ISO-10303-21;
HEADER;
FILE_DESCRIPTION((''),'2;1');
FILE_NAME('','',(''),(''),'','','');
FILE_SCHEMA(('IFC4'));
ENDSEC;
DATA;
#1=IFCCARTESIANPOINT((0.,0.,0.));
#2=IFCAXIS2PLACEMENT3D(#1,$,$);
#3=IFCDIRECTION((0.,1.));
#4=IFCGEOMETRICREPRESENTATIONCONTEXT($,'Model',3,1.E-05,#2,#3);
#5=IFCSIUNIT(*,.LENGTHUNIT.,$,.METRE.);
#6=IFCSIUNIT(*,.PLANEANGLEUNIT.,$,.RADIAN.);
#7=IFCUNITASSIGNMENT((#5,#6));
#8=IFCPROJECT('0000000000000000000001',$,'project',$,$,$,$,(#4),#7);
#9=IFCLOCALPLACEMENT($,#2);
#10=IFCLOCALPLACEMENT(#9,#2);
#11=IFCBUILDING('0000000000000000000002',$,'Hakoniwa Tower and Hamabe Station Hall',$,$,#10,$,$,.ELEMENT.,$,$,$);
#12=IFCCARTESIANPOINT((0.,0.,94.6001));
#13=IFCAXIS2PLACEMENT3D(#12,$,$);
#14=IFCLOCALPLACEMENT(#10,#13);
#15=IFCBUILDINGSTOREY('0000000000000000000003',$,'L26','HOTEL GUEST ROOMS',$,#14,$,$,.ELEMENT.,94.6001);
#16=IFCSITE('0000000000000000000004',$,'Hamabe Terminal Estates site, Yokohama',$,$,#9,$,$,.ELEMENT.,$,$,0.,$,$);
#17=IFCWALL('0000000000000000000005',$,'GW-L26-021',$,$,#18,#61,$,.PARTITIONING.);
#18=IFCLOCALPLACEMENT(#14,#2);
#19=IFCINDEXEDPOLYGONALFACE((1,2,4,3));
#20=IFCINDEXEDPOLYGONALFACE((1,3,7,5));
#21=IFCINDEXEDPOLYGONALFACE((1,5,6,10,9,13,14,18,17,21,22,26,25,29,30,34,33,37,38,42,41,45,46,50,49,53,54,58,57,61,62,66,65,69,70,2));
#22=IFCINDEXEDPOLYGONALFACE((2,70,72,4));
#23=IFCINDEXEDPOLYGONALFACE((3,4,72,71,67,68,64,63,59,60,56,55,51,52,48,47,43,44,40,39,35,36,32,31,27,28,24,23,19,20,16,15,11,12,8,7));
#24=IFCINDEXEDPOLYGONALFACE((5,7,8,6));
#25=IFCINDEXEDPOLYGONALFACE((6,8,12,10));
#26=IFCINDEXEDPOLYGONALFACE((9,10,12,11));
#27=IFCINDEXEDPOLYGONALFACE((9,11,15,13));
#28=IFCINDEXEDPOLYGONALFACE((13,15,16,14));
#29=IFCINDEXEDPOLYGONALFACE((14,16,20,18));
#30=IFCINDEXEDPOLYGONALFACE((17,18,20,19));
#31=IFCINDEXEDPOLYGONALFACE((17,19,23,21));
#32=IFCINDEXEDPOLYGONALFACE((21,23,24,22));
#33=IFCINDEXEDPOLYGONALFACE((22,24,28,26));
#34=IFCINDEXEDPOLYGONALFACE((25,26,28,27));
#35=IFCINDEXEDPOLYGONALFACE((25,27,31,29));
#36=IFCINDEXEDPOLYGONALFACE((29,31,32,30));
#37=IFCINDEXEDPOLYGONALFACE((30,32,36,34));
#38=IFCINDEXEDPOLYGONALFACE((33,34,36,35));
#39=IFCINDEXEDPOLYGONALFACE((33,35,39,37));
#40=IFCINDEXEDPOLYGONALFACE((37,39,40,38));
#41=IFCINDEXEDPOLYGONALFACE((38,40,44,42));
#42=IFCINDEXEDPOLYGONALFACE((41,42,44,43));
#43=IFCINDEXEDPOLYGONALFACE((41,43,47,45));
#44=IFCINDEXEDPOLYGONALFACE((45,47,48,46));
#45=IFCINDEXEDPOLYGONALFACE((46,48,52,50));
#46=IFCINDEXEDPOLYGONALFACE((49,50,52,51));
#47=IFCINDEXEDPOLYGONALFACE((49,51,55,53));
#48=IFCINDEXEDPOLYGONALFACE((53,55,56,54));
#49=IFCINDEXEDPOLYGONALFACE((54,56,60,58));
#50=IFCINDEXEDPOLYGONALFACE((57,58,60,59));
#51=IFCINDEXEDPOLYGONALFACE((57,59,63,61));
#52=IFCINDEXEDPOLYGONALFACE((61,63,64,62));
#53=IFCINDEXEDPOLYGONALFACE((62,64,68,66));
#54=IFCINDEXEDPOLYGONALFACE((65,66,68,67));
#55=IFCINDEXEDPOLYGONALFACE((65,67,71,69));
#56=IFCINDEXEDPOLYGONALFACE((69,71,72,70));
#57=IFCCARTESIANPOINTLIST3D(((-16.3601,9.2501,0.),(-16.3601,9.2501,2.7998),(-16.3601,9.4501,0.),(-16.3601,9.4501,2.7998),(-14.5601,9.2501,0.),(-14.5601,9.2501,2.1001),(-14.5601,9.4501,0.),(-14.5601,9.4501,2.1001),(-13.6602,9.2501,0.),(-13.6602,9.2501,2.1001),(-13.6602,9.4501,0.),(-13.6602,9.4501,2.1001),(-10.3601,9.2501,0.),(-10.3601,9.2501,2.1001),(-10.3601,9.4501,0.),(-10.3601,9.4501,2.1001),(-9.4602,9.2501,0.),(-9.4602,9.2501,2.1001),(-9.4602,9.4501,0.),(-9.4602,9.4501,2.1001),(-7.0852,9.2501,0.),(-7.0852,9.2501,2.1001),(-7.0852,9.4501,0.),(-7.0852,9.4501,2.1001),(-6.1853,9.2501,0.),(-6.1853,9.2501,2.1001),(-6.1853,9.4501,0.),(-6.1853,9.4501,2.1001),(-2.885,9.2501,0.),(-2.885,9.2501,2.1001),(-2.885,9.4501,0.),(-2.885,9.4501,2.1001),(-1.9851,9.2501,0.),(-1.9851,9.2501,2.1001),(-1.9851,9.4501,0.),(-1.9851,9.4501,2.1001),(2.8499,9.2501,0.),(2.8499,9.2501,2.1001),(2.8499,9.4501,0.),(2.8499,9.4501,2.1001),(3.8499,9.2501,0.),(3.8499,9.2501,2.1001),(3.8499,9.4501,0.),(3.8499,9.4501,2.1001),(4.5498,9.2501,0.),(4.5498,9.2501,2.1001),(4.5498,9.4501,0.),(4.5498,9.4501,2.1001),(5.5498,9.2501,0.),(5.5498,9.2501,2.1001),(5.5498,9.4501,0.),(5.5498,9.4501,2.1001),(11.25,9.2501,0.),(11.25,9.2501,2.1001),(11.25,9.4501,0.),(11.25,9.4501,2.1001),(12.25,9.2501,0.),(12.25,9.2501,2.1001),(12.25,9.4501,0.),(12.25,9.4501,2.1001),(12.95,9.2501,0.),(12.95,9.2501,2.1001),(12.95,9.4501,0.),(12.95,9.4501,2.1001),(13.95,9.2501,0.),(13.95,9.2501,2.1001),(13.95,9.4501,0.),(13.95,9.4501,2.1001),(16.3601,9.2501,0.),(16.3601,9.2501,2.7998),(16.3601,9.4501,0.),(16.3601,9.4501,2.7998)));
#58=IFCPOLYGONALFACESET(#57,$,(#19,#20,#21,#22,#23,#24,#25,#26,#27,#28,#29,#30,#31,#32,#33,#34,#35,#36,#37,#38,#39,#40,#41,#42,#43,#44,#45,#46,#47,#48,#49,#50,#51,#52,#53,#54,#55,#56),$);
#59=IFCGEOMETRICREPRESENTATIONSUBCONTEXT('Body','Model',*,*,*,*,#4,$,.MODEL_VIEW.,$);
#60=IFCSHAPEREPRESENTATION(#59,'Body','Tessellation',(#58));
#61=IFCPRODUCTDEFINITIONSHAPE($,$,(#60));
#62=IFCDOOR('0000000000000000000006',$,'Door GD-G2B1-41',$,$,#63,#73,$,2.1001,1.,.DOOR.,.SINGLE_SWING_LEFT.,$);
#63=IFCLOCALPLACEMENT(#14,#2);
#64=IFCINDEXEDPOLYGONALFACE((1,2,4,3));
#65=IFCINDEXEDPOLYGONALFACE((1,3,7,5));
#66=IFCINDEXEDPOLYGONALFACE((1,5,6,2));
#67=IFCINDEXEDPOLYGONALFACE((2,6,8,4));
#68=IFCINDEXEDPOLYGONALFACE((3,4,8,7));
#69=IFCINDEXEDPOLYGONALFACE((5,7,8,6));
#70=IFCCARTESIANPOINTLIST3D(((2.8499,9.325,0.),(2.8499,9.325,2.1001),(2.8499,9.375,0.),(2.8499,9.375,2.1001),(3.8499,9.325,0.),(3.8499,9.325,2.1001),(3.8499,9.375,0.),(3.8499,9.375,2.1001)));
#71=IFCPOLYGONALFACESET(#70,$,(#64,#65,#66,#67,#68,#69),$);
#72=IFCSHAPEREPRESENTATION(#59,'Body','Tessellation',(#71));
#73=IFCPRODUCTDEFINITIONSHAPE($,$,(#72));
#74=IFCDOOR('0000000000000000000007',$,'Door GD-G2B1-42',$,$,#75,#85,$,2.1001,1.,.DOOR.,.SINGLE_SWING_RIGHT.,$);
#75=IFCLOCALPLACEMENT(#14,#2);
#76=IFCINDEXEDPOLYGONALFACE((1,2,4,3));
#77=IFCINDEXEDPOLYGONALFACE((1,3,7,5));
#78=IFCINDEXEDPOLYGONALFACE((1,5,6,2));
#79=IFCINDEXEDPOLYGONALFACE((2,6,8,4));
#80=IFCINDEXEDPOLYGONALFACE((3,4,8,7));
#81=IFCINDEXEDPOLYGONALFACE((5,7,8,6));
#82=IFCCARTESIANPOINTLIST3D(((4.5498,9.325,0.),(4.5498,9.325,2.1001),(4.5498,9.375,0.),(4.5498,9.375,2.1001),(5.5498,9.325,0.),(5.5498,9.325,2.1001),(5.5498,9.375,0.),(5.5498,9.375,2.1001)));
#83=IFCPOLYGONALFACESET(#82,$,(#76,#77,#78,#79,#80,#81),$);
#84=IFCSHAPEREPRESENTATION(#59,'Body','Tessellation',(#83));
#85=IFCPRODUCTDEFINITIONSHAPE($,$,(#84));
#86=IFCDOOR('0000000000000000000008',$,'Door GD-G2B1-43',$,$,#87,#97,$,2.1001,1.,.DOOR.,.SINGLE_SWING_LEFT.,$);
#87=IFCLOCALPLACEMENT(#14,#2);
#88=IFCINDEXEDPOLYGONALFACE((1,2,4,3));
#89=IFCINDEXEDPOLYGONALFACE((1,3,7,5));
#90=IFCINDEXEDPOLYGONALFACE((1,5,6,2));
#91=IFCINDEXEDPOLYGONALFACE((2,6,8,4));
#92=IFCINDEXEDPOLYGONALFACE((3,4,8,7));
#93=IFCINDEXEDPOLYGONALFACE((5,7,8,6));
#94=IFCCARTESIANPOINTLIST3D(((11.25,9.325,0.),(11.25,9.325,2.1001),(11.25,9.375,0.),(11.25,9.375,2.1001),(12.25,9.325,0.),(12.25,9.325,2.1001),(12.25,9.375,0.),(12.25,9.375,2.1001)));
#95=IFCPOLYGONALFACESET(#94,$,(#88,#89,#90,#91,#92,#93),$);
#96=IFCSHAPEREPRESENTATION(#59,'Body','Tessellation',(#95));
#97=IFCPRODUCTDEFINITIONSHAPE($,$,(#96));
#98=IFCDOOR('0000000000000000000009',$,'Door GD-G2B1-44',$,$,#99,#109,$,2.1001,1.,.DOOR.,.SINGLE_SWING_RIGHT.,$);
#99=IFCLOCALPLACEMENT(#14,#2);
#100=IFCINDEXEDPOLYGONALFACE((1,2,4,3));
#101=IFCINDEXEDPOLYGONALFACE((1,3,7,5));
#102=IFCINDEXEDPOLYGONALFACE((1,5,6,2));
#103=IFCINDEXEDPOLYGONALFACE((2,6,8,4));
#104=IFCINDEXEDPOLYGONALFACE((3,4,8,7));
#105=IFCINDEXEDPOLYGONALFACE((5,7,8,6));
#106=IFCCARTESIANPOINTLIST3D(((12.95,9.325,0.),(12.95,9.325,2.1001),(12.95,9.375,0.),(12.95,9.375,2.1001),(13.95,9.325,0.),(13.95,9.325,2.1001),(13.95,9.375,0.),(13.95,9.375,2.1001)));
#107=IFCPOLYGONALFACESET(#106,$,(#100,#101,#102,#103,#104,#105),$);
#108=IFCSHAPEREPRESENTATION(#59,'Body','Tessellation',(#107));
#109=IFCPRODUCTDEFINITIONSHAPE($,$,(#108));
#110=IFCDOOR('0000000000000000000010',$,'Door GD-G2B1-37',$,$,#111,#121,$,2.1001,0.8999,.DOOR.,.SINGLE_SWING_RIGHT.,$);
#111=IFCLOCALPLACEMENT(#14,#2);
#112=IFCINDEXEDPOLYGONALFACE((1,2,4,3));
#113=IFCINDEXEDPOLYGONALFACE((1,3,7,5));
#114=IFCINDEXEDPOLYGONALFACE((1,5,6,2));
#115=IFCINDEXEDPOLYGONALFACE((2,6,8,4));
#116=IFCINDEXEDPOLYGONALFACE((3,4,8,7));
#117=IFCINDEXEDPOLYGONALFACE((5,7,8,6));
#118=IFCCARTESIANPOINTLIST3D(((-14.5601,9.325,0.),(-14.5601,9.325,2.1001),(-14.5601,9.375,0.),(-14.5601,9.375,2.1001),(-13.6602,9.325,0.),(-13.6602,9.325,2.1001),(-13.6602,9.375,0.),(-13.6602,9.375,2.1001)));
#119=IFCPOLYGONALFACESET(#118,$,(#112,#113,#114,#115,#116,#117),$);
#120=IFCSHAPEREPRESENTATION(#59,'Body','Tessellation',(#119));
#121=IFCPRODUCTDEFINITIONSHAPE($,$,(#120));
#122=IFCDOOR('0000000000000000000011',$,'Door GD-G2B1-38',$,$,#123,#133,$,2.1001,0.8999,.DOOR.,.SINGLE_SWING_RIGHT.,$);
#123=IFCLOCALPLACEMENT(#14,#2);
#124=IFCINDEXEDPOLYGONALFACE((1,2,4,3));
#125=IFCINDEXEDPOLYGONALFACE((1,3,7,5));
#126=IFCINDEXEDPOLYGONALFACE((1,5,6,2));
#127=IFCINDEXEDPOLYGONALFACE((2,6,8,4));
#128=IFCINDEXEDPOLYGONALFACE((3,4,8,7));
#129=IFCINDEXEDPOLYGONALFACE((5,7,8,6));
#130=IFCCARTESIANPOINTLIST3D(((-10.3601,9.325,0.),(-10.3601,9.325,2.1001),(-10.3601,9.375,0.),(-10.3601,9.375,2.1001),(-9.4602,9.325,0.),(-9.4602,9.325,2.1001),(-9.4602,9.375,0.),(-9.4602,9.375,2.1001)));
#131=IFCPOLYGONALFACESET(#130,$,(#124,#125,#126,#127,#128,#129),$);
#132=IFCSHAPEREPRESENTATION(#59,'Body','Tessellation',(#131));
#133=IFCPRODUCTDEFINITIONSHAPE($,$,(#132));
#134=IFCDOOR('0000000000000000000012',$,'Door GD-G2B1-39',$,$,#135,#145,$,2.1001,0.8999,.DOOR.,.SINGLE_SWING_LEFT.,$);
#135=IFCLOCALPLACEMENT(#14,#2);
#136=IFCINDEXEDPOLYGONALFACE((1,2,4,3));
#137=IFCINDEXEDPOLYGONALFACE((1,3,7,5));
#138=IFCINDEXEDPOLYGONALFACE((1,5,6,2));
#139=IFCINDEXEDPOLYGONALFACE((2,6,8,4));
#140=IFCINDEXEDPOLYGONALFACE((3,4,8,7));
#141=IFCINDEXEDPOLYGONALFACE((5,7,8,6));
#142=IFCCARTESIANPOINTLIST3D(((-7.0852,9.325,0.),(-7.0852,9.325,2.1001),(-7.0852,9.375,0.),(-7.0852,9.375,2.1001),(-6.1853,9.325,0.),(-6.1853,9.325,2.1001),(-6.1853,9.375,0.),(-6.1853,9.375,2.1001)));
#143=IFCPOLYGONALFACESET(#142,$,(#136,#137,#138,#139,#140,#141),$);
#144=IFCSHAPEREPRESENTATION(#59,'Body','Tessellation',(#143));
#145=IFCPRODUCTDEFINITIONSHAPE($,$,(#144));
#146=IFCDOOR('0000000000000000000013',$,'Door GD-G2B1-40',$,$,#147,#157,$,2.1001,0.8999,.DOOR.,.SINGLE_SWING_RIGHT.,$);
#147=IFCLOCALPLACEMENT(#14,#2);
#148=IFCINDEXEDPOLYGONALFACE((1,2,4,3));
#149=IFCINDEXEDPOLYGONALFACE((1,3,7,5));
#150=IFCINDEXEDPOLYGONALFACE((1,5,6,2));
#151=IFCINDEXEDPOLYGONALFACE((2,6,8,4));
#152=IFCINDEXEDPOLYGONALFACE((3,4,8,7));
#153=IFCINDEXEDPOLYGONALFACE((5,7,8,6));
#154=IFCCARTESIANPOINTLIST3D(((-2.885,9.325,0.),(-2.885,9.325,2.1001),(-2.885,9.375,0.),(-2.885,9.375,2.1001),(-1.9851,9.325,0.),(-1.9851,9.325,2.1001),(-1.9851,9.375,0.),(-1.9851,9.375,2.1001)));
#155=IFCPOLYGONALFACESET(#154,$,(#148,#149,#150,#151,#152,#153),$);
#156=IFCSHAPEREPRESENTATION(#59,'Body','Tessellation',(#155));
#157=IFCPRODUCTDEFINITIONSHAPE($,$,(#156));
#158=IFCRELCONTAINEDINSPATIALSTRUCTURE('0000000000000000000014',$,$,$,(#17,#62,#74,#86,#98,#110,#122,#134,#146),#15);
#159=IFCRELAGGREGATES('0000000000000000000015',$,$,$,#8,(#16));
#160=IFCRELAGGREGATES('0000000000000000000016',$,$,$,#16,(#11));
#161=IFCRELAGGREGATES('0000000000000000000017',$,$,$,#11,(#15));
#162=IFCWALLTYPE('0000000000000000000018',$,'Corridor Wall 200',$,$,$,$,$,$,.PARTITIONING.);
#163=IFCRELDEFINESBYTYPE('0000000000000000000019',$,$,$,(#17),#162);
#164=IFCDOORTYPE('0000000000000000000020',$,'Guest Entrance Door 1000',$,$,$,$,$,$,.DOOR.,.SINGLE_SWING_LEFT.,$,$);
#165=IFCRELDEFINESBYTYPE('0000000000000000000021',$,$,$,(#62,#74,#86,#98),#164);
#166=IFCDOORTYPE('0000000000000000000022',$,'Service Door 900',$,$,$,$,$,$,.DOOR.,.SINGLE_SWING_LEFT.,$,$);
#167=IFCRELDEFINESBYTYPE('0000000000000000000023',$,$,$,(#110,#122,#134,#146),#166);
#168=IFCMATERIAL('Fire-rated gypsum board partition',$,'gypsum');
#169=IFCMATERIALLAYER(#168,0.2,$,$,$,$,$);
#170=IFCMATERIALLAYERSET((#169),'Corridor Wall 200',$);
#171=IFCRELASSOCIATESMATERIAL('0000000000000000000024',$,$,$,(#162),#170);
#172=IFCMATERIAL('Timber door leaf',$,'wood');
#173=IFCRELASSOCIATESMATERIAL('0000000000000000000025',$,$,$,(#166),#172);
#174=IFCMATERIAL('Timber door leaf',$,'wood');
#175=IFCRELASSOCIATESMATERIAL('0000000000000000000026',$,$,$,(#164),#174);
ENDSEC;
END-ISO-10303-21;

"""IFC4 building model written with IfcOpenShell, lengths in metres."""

from ifc_helpers import new_model, si_unit, direction, frame, frame_2d, origin, place, context, subcontext, project, spatial, rectangle, extrude, material, layer, layer_set, type_object, element, fill, save


model = new_model("IFC4")

# Units and contexts
model_context = context("Model", 3, precision=1e-05, world=origin(), true_north=direction((0.0, 1.0)))
body_context = subcontext(model_context, "Body", "Model", "MODEL_VIEW")
ifc_project = project(units=[si_unit("LENGTHUNIT", "METRE"), si_unit("PLANEANGLEUNIT", "RADIAN")], contexts=[model_context])

# Site, building, storey
site_placement = place(None, origin())
site = spatial("IfcSite", under=ifc_project, at=site_placement, Name="Hamabe Terminal Estates site, Yokohama", CompositionType="ELEMENT", RefElevation=0.0)
building_placement = place(site_placement, origin())
building = spatial("IfcBuilding", under=site, at=building_placement, Name="Hakoniwa Tower and Hamabe Station Hall", CompositionType="ELEMENT")
storey_placement = place(building_placement, frame((0.0, 0.0, 94.6001)))
storey = spatial("IfcBuildingStorey", under=building, at=storey_placement, Name="L26", Description="HOTEL GUEST ROOMS", CompositionType="ELEMENT", Elevation=94.6001)

# Wall, openings, doors
ifc_material_1 = material(Name="Fire-rated gypsum board partition", Category="gypsum")
ifc_layer = layer(ifc_material_1, 0.2)
ifc_layer_set = layer_set([ifc_layer], Name="Corridor Wall 200")
wall_type = type_object("IfcWallType", Name="Corridor Wall 200", PredefinedType="PARTITIONING", material=ifc_layer_set)
ifc_material_2 = material(Name="Timber door leaf", Category="wood")
door_type_1 = type_object("IfcDoorType", Name="Service Door 900", OperationType="SINGLE_SWING_LEFT", PredefinedType="DOOR", material=ifc_material_2)
wall_1_placement = place(storey_placement, frame((-16.3601, 9.3501, 0.0), z_axis=(0.0, 0.0, 1.0), x_axis=(1.0, 0.0, 0.0)))
wall_1 = element("IfcWall", 1, at=wall_1_placement, inside=storey, type_object=wall_type, Name="GW-L26-021", PredefinedType="PARTITIONING", context=body_context, shape_type="SweptSolid", body=[
    extrude(rectangle(XDim=32.7202, YDim=0.2, at=frame_2d((16.3601, 0.0))), origin(), (0.0, 0.0, 1.0), 2.7998),
])
opening_1_placement = place(wall_1_placement, frame((1.8, 0.0, 0.0)))
opening_1 = element("IfcOpeningElement", 2, at=opening_1_placement, cuts=wall_1, PredefinedType="OPENING", context=body_context, shape_type="SweptSolid", body=[
    extrude(rectangle(XDim=0.8999, YDim=2.1001, at=frame_2d((0.45, 1.05))), frame((0.0, 0.1099, 0.0), z_axis=(0.0, -1.0, 0.0), x_axis=(1.0, 0.0, 0.0)), (0.0, 0.0, 1.0), 0.22),
])
opening_2_placement = place(wall_1_placement, frame((6.0, 0.0, 0.0)))
opening_2 = element("IfcOpeningElement", 3, at=opening_2_placement, cuts=wall_1, PredefinedType="OPENING", context=body_context, shape_type="SweptSolid", body=[
    extrude(rectangle(XDim=0.8999, YDim=2.1001, at=frame_2d((0.45, 1.05))), frame((0.0, 0.1099, 0.0), z_axis=(0.0, -1.0, 0.0), x_axis=(1.0, 0.0, 0.0)), (0.0, 0.0, 1.0), 0.22),
])
opening_3_placement = place(wall_1_placement, frame((9.2749, 0.0, 0.0)))
opening_3 = element("IfcOpeningElement", 4, at=opening_3_placement, cuts=wall_1, PredefinedType="OPENING", context=body_context, shape_type="SweptSolid", body=[
    extrude(rectangle(XDim=0.8999, YDim=2.1001, at=frame_2d((0.45, 1.05))), frame((0.0, 0.1099, 0.0), z_axis=(0.0, -1.0, 0.0), x_axis=(1.0, 0.0, 0.0)), (0.0, 0.0, 1.0), 0.22),
])
opening_4_placement = place(wall_1_placement, frame((13.4751, 0.0, 0.0)))
opening_4 = element("IfcOpeningElement", 5, at=opening_4_placement, cuts=wall_1, PredefinedType="OPENING", context=body_context, shape_type="SweptSolid", body=[
    extrude(rectangle(XDim=0.8999, YDim=2.1001, at=frame_2d((0.45, 1.05))), frame((0.0, 0.1099, 0.0), z_axis=(0.0, -1.0, 0.0), x_axis=(1.0, 0.0, 0.0)), (0.0, 0.0, 1.0), 0.22),
])
opening_5_placement = place(wall_1_placement, frame((19.21, 0.0, 0.0)))
opening_5 = element("IfcOpeningElement", 6, at=opening_5_placement, cuts=wall_1, PredefinedType="OPENING", context=body_context, shape_type="SweptSolid", body=[
    extrude(rectangle(XDim=1.0, YDim=2.1001, at=frame_2d((0.5, 1.05))), frame((0.0, 0.1099, 0.0), z_axis=(0.0, -1.0, 0.0), x_axis=(1.0, 0.0, 0.0)), (0.0, 0.0, 1.0), 0.22),
])
opening_6_placement = place(wall_1_placement, frame((20.9099, 0.0, 0.0)))
opening_6 = element("IfcOpeningElement", 7, at=opening_6_placement, cuts=wall_1, PredefinedType="OPENING", context=body_context, shape_type="SweptSolid", body=[
    extrude(rectangle(XDim=1.0, YDim=2.1001, at=frame_2d((0.5, 1.05))), frame((0.0, 0.1099, 0.0), z_axis=(0.0, -1.0, 0.0), x_axis=(1.0, 0.0, 0.0)), (0.0, 0.0, 1.0), 0.22),
])
opening_7_placement = place(wall_1_placement, frame((27.6101, 0.0, 0.0)))
opening_7 = element("IfcOpeningElement", 8, at=opening_7_placement, cuts=wall_1, PredefinedType="OPENING", context=body_context, shape_type="SweptSolid", body=[
    extrude(rectangle(XDim=1.0, YDim=2.1001, at=frame_2d((0.5, 1.05))), frame((0.0, 0.1099, 0.0), z_axis=(0.0, -1.0, 0.0), x_axis=(1.0, 0.0, 0.0)), (0.0, 0.0, 1.0), 0.22),
])
opening_8_placement = place(wall_1_placement, frame((29.3101, 0.0, 0.0)))
opening_8 = element("IfcOpeningElement", 9, at=opening_8_placement, cuts=wall_1, PredefinedType="OPENING", context=body_context, shape_type="SweptSolid", body=[
    extrude(rectangle(XDim=1.0, YDim=2.1001, at=frame_2d((0.5, 1.05))), frame((0.0, 0.1099, 0.0), z_axis=(0.0, -1.0, 0.0), x_axis=(1.0, 0.0, 0.0)), (0.0, 0.0, 1.0), 0.22),
])
ifc_material_3 = material(Name="Timber door leaf", Category="wood")
door_type_2 = type_object("IfcDoorType", Name="Guest Entrance Door 1000", OperationType="SINGLE_SWING_LEFT", PredefinedType="DOOR", material=ifc_material_3)
door_1_placement = place(opening_5_placement, origin())
door_1 = element("IfcDoor", 10, at=door_1_placement, inside=storey, type_object=door_type_2, Name="Door GD-G2B1-41", OperationType="SINGLE_SWING_LEFT", OverallHeight=2.1001, OverallWidth=1.0, PredefinedType="DOOR", context=body_context, shape_type="SweptSolid", body=[
    extrude(rectangle(XDim=1.0, YDim=2.1001, at=frame_2d((0.5, 1.05))), frame((0.0, 0.0249, 0.0), z_axis=(0.0, -1.0, 0.0), x_axis=(1.0, 0.0, 0.0)), (0.0, 0.0, 1.0), 0.05),
])
fill(opening_5, door_1)
door_2_placement = place(opening_6_placement, origin())
door_2 = element("IfcDoor", 11, at=door_2_placement, inside=storey, type_object=door_type_2, Name="Door GD-G2B1-42", OperationType="SINGLE_SWING_RIGHT", OverallHeight=2.1001, OverallWidth=1.0, PredefinedType="DOOR", context=body_context, shape_type="SweptSolid", body=[
    extrude(rectangle(XDim=1.0, YDim=2.1001, at=frame_2d((0.5, 1.05))), frame((0.0, 0.0249, 0.0), z_axis=(0.0, -1.0, 0.0), x_axis=(1.0, 0.0, 0.0)), (0.0, 0.0, 1.0), 0.05),
])
fill(opening_6, door_2)
door_3_placement = place(opening_7_placement, origin())
door_3 = element("IfcDoor", 12, at=door_3_placement, inside=storey, type_object=door_type_2, Name="Door GD-G2B1-43", OperationType="SINGLE_SWING_LEFT", OverallHeight=2.1001, OverallWidth=1.0, PredefinedType="DOOR", context=body_context, shape_type="SweptSolid", body=[
    extrude(rectangle(XDim=1.0, YDim=2.1001, at=frame_2d((0.5, 1.05))), frame((0.0, 0.0249, 0.0), z_axis=(0.0, -1.0, 0.0), x_axis=(1.0, 0.0, 0.0)), (0.0, 0.0, 1.0), 0.05),
])
fill(opening_7, door_3)
door_4_placement = place(opening_8_placement, origin())
door_4 = element("IfcDoor", 13, at=door_4_placement, inside=storey, type_object=door_type_2, Name="Door GD-G2B1-44", OperationType="SINGLE_SWING_RIGHT", OverallHeight=2.1001, OverallWidth=1.0, PredefinedType="DOOR", context=body_context, shape_type="SweptSolid", body=[
    extrude(rectangle(XDim=1.0, YDim=2.1001, at=frame_2d((0.5, 1.05))), frame((0.0, 0.0249, 0.0), z_axis=(0.0, -1.0, 0.0), x_axis=(1.0, 0.0, 0.0)), (0.0, 0.0, 1.0), 0.05),
])
fill(opening_8, door_4)
door_5_placement = place(opening_1_placement, origin())
door_5 = element("IfcDoor", 14, at=door_5_placement, inside=storey, type_object=door_type_1, Name="Door GD-G2B1-37", OperationType="SINGLE_SWING_RIGHT", OverallHeight=2.1001, OverallWidth=0.8999, PredefinedType="DOOR", context=body_context, shape_type="SweptSolid", body=[
    extrude(rectangle(XDim=0.8999, YDim=2.1001, at=frame_2d((0.45, 1.05))), frame((0.0, 0.0249, 0.0), z_axis=(0.0, -1.0, 0.0), x_axis=(1.0, 0.0, 0.0)), (0.0, 0.0, 1.0), 0.05),
])
fill(opening_1, door_5)
door_6_placement = place(opening_2_placement, origin())
door_6 = element("IfcDoor", 15, at=door_6_placement, inside=storey, type_object=door_type_1, Name="Door GD-G2B1-38", OperationType="SINGLE_SWING_RIGHT", OverallHeight=2.1001, OverallWidth=0.8999, PredefinedType="DOOR", context=body_context, shape_type="SweptSolid", body=[
    extrude(rectangle(XDim=0.8999, YDim=2.1001, at=frame_2d((0.45, 1.05))), frame((0.0, 0.0249, 0.0), z_axis=(0.0, -1.0, 0.0), x_axis=(1.0, 0.0, 0.0)), (0.0, 0.0, 1.0), 0.05),
])
fill(opening_2, door_6)
door_7_placement = place(opening_3_placement, origin())
door_7 = element("IfcDoor", 16, at=door_7_placement, inside=storey, type_object=door_type_1, Name="Door GD-G2B1-39", OperationType="SINGLE_SWING_LEFT", OverallHeight=2.1001, OverallWidth=0.8999, PredefinedType="DOOR", context=body_context, shape_type="SweptSolid", body=[
    extrude(rectangle(XDim=0.8999, YDim=2.1001, at=frame_2d((0.45, 1.05))), frame((0.0, 0.0249, 0.0), z_axis=(0.0, -1.0, 0.0), x_axis=(1.0, 0.0, 0.0)), (0.0, 0.0, 1.0), 0.05),
])
fill(opening_3, door_7)
door_8_placement = place(opening_4_placement, origin())
door_8 = element("IfcDoor", 17, at=door_8_placement, inside=storey, type_object=door_type_1, Name="Door GD-G2B1-40", OperationType="SINGLE_SWING_RIGHT", OverallHeight=2.1001, OverallWidth=0.8999, PredefinedType="DOOR", context=body_context, shape_type="SweptSolid", body=[
    extrude(rectangle(XDim=0.8999, YDim=2.1001, at=frame_2d((0.45, 1.05))), frame((0.0, 0.0249, 0.0), z_axis=(0.0, -1.0, 0.0), x_axis=(1.0, 0.0, 0.0)), (0.0, 0.0, 1.0), 0.05),
])
fill(opening_4, door_8)

save(model, "model.ifc")
